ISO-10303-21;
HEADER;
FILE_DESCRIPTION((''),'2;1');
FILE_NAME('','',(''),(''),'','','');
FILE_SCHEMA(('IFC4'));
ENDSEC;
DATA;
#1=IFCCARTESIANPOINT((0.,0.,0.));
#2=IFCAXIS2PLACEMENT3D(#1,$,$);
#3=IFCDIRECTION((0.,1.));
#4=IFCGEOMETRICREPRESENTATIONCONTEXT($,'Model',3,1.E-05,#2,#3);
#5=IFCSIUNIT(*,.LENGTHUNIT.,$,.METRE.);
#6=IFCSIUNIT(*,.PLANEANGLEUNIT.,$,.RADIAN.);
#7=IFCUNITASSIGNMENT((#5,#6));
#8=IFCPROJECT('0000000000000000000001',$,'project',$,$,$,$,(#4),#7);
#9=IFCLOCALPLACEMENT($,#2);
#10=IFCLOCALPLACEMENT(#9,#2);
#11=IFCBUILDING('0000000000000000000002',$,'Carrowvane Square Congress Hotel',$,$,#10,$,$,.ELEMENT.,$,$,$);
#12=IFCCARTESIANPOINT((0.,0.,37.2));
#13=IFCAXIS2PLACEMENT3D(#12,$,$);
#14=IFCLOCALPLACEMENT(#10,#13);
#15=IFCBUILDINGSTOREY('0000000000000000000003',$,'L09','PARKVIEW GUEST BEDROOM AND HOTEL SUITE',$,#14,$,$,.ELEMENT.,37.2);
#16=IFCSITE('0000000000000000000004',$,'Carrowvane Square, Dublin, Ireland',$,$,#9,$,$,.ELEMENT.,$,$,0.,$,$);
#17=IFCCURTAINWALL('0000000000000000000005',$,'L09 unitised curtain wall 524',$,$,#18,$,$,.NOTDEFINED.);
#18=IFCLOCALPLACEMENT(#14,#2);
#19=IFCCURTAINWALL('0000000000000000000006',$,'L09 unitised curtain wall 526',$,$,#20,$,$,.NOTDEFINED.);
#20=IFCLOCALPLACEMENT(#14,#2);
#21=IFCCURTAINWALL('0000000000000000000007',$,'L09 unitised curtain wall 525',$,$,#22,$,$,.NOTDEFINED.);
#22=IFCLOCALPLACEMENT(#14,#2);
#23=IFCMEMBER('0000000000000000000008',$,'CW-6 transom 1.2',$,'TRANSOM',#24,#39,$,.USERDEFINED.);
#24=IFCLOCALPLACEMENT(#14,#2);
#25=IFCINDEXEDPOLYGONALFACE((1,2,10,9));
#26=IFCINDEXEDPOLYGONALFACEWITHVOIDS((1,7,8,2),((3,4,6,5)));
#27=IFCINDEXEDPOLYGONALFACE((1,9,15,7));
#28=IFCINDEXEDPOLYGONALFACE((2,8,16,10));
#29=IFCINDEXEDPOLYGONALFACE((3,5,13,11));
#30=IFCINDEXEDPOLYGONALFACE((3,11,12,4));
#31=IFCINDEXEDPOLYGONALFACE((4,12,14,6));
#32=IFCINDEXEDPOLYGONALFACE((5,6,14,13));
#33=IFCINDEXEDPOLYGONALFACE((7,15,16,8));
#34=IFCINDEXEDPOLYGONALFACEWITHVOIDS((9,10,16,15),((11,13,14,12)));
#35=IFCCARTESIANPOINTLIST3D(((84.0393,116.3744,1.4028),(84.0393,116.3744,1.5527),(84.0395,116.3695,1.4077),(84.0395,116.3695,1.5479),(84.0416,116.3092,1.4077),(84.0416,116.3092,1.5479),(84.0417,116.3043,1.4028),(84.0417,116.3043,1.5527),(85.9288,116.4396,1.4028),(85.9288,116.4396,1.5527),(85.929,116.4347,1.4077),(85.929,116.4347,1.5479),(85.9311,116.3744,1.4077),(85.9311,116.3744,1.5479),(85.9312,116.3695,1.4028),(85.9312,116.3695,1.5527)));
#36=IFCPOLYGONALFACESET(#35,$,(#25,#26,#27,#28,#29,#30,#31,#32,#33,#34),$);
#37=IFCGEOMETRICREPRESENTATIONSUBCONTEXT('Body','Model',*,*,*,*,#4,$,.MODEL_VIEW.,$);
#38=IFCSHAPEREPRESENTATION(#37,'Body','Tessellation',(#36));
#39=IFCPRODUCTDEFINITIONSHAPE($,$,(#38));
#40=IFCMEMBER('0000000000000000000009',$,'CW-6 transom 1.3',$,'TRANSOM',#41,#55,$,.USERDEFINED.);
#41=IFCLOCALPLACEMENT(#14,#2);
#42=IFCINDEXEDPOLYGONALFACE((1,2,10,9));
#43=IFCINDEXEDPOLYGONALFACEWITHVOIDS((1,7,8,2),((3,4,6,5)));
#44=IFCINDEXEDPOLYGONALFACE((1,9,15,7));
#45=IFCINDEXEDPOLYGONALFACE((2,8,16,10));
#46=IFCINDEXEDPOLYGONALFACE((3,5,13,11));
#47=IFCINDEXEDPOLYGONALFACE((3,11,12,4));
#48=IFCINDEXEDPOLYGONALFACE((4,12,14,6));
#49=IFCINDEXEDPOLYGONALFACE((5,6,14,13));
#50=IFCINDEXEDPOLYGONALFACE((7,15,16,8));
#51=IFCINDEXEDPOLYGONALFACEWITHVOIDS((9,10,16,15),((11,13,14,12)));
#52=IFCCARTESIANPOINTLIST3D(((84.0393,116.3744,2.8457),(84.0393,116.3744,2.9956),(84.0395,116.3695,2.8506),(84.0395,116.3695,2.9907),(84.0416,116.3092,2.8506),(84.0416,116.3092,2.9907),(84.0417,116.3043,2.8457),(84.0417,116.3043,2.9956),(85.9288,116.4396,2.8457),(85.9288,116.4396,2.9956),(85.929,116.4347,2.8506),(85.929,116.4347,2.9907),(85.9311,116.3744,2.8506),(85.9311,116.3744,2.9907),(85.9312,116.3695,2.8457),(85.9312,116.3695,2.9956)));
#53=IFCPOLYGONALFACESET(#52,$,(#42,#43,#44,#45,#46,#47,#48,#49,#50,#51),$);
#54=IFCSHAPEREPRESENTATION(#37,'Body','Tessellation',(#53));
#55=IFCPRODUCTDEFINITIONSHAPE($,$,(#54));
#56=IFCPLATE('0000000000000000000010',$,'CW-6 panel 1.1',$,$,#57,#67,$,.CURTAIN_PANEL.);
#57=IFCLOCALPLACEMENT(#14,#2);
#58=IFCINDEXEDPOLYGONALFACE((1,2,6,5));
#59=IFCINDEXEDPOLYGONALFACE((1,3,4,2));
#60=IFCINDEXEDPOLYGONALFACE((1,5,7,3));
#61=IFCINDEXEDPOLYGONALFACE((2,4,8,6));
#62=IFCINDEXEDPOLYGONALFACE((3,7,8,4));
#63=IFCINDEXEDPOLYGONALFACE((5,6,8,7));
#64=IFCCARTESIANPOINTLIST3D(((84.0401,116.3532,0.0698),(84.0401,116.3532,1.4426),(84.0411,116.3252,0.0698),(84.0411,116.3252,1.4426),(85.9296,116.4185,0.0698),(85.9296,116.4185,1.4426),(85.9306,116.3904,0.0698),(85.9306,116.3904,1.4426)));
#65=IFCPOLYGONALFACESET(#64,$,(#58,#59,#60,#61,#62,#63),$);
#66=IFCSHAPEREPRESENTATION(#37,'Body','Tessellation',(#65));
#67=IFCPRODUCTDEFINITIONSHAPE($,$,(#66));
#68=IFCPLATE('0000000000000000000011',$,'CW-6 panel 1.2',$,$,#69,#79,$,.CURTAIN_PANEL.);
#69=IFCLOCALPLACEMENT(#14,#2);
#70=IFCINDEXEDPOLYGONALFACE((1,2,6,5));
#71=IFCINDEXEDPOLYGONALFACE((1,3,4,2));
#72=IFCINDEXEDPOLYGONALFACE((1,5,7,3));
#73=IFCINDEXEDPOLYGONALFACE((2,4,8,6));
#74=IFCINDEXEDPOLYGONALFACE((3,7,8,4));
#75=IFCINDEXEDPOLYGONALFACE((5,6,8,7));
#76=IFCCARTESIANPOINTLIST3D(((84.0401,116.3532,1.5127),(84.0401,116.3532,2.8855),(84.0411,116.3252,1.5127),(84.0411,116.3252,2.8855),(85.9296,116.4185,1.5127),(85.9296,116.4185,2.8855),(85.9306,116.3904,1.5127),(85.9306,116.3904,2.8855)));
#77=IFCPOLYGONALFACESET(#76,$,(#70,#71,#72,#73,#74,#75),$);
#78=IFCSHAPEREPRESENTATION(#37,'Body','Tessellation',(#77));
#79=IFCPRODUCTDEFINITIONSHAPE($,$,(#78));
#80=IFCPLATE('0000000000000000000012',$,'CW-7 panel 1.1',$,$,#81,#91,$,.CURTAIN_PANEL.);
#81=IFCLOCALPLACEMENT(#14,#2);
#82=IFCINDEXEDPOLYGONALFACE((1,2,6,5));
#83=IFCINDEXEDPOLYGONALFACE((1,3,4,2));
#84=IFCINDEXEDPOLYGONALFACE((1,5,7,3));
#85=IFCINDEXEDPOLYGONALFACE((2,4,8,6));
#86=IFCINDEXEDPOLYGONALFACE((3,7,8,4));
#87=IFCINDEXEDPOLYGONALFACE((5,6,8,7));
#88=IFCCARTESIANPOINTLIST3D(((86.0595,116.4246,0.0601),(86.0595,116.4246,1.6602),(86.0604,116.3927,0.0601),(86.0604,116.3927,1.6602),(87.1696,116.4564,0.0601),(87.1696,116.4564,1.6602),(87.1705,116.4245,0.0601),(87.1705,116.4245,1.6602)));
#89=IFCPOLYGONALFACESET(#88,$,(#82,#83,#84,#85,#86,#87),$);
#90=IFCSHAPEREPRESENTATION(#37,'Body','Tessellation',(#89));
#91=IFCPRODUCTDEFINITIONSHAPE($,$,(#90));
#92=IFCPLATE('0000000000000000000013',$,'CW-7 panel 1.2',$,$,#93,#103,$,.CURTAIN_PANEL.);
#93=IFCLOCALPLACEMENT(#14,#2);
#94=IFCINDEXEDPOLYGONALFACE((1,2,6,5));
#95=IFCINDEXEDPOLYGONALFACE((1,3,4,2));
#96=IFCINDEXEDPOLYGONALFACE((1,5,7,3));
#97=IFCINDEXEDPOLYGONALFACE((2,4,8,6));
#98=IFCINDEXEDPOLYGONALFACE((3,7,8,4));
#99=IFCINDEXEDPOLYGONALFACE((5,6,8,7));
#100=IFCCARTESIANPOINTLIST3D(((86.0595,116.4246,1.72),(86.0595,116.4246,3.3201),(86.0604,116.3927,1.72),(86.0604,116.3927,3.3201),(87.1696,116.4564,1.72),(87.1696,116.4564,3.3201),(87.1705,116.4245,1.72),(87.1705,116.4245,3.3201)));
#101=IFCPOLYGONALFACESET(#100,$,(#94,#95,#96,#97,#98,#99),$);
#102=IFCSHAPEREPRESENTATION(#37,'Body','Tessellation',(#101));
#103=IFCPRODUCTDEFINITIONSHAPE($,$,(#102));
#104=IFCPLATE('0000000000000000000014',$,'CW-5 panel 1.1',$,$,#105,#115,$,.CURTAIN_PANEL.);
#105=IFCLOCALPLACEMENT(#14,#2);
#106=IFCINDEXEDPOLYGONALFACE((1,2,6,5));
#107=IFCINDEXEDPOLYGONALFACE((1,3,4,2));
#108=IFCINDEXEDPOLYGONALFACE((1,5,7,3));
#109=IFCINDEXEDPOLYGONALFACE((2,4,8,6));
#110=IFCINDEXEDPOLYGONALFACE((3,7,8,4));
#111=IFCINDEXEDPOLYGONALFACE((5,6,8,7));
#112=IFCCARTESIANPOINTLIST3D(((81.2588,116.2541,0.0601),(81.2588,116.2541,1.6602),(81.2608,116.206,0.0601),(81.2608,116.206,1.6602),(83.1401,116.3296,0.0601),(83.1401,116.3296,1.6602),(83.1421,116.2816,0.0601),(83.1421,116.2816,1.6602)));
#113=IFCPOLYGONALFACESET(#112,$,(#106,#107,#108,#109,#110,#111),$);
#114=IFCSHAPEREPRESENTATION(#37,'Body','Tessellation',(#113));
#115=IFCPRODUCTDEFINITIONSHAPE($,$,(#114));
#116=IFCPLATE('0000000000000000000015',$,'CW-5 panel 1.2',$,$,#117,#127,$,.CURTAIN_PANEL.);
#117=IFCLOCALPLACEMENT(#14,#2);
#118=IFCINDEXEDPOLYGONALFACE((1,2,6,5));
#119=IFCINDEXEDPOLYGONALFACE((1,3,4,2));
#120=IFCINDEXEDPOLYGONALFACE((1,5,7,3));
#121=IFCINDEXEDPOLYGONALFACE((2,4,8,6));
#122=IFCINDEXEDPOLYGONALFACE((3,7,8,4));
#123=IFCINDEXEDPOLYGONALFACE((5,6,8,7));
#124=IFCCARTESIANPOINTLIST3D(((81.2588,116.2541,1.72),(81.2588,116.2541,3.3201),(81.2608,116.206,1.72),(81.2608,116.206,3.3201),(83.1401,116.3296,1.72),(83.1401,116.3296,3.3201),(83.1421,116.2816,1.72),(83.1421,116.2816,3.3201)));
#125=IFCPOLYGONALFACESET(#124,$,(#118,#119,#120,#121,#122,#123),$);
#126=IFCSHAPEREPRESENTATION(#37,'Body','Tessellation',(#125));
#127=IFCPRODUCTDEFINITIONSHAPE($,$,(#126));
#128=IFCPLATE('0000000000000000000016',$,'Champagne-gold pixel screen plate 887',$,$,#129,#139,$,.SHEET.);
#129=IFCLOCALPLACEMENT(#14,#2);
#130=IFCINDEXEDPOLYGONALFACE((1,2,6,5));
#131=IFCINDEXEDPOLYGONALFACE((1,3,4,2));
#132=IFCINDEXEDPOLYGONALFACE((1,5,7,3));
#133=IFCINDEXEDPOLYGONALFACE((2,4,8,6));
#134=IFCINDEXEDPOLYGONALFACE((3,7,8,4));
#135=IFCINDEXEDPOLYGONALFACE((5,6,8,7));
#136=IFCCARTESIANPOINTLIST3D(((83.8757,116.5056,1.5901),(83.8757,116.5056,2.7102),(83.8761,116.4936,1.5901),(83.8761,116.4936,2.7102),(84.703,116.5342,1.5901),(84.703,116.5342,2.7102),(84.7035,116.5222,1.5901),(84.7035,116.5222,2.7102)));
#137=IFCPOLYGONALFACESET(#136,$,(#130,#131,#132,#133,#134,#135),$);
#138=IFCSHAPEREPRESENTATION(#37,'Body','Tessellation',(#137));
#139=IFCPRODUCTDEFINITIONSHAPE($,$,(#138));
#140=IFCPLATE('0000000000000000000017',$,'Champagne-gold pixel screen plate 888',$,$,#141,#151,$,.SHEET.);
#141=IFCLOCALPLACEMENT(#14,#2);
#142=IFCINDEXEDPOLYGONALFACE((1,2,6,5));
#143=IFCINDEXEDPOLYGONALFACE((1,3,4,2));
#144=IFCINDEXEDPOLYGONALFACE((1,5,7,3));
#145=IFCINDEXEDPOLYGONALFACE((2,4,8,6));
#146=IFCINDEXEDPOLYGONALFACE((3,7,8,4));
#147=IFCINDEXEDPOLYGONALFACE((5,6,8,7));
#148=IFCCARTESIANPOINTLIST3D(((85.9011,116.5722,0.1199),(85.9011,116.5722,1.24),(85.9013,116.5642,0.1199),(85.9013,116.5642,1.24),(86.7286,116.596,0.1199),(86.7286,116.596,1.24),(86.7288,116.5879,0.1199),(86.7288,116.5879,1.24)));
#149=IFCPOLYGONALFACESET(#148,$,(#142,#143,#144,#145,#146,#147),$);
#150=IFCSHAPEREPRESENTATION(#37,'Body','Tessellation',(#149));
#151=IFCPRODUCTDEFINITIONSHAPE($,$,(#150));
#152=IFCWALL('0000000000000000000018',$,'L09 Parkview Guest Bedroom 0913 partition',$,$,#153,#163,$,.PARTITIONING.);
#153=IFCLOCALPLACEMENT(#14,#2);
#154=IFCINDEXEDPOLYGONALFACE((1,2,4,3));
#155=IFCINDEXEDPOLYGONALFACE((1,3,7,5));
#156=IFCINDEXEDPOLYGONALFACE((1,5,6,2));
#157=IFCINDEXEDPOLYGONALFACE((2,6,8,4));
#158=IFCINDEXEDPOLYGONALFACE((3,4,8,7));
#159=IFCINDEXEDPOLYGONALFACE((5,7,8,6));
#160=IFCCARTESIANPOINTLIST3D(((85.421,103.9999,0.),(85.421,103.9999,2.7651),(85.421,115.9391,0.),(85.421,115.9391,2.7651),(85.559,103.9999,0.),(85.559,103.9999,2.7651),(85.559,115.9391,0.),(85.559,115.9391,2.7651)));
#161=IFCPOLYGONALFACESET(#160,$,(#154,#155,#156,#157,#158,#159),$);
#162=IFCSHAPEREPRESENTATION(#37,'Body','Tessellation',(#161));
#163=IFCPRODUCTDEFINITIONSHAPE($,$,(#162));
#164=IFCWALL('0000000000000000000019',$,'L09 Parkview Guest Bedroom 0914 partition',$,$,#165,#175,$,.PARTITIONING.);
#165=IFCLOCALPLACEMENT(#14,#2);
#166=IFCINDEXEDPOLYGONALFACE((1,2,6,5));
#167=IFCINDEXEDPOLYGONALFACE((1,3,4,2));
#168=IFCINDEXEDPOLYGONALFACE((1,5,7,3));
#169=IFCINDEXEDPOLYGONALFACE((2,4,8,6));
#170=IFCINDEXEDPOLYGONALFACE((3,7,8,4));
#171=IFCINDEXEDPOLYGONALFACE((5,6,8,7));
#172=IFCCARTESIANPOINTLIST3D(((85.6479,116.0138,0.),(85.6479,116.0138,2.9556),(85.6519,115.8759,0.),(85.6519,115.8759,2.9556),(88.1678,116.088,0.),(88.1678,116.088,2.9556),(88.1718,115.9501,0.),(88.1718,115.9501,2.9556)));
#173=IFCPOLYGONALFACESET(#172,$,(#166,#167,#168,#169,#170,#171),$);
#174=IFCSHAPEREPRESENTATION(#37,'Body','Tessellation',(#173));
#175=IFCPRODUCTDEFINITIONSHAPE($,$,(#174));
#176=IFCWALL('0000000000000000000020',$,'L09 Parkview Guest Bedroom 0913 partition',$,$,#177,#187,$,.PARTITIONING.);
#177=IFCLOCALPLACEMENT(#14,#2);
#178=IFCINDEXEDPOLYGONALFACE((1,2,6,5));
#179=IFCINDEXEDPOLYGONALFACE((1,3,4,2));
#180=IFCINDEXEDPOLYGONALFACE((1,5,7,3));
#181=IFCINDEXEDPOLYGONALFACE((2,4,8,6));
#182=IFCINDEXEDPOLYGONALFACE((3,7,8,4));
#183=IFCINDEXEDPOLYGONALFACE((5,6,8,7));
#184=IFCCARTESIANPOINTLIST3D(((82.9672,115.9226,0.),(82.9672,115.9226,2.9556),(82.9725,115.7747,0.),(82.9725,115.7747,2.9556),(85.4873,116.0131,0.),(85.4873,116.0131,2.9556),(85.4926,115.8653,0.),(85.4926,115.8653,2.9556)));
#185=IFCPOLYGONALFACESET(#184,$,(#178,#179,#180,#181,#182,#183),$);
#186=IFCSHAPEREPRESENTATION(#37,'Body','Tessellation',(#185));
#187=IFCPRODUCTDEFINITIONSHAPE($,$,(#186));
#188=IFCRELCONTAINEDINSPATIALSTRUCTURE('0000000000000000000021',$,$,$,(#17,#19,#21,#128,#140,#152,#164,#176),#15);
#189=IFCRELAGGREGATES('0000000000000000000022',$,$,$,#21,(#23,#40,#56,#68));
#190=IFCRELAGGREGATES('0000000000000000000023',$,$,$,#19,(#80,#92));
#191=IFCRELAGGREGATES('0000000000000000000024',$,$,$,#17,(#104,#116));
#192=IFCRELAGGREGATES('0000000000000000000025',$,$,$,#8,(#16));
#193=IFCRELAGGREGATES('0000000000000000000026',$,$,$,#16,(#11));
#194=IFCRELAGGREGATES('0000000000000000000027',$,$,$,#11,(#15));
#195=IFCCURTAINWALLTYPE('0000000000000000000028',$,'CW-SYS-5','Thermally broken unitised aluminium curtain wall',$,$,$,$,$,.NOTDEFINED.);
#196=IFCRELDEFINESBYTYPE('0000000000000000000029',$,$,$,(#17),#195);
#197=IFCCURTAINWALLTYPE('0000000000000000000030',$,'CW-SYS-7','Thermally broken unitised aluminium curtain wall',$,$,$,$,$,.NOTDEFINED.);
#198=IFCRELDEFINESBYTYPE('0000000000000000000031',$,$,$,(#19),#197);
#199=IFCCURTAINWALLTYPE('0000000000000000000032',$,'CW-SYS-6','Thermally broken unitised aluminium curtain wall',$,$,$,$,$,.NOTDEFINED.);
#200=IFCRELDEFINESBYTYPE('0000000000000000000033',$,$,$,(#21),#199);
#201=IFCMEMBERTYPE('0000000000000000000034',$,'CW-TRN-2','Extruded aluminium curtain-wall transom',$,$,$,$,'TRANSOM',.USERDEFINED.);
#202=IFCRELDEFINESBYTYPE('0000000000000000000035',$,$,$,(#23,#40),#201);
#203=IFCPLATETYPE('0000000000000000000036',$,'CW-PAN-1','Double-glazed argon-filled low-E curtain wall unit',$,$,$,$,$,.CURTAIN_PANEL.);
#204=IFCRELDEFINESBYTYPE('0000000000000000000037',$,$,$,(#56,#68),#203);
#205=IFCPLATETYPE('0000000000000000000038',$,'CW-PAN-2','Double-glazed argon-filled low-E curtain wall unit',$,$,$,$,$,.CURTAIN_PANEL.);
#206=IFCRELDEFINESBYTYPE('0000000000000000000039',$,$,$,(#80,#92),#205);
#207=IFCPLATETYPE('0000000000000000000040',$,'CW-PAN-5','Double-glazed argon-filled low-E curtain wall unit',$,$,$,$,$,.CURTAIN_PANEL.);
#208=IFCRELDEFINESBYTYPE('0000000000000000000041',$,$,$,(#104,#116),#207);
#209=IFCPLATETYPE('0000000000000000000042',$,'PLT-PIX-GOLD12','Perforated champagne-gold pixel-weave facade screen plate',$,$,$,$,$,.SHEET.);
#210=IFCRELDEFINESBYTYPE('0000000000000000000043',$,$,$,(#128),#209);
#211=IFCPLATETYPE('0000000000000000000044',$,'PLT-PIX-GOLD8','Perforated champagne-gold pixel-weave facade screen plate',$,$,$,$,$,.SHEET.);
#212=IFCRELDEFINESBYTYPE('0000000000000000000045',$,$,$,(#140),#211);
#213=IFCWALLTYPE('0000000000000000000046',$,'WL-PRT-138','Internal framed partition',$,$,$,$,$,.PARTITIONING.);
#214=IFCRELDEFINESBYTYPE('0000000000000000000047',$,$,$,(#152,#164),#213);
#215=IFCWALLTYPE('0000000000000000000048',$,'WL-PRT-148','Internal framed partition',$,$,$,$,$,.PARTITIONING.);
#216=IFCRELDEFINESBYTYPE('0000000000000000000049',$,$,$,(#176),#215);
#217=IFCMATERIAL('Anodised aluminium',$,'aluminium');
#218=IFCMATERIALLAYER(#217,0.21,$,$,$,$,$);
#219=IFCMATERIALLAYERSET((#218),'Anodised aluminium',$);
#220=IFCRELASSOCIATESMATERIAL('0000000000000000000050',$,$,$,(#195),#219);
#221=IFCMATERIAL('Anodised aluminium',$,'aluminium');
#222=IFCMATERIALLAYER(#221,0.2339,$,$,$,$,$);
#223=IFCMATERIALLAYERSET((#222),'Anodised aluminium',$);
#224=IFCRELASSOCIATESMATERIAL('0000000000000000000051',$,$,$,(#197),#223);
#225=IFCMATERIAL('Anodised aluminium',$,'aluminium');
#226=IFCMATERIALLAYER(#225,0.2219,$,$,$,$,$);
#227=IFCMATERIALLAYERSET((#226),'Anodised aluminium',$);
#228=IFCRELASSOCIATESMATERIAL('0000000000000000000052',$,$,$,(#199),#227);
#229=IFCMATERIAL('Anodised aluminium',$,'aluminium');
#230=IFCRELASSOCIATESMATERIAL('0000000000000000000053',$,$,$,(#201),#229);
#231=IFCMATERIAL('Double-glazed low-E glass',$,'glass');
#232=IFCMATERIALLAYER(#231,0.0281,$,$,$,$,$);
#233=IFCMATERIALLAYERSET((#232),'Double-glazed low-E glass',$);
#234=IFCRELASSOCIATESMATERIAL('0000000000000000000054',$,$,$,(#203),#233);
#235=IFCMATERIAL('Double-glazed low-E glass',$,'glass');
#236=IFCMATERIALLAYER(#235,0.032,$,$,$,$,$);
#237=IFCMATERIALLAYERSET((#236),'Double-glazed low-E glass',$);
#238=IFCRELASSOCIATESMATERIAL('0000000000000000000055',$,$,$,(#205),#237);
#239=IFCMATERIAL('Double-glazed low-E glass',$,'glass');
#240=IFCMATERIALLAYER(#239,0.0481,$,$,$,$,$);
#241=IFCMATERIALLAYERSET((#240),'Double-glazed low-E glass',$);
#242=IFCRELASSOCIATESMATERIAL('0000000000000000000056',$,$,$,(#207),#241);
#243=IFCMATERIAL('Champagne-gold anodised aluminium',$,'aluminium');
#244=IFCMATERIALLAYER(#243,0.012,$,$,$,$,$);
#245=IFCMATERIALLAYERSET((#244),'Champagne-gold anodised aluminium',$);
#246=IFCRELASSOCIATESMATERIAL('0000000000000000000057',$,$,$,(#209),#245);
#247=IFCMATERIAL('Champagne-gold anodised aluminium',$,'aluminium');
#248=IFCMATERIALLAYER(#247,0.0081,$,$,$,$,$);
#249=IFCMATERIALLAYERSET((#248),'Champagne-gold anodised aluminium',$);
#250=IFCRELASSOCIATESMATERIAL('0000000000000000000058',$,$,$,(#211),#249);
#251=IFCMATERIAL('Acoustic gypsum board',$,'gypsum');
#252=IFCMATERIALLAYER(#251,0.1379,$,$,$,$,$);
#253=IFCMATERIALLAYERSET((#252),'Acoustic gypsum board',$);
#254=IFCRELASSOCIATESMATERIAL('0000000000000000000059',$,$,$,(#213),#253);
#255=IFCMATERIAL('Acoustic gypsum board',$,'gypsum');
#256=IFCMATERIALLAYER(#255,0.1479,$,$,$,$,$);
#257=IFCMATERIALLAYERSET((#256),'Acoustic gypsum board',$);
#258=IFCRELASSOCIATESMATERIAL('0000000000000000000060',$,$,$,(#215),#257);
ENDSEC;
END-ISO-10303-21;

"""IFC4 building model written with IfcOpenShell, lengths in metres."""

from ifc_helpers import new_model, si_unit, direction, frame, frame_2d, origin, origin_2d, place, context, subcontext, project, spatial, rectangle, hollow_rectangle, extrude, material, layer, layer_set, material_profile, profile_set, type_object, element, aggregate, save


model = new_model("IFC4")

# Units and contexts
model_context = context("Model", 3, precision=1e-05, world=origin(), true_north=direction((0.0, 1.0)))
body_context = subcontext(model_context, "Body", "Model", "MODEL_VIEW")
ifc_project = project(units=[si_unit("LENGTHUNIT", "METRE"), si_unit("PLANEANGLEUNIT", "RADIAN")], contexts=[model_context])

# Site, building, storey
site_placement = place(None, origin())
site = spatial("IfcSite", under=ifc_project, at=site_placement, Name="Carrowvane Square, Dublin, Ireland", CompositionType="ELEMENT", RefElevation=0.0)
building_placement = place(site_placement, origin())
building = spatial("IfcBuilding", under=site, at=building_placement, Name="Carrowvane Square Congress Hotel", CompositionType="ELEMENT")
storey_placement = place(building_placement, frame((0.0, 0.0, 37.2)))
storey = spatial("IfcBuildingStorey", under=building, at=storey_placement, Name="L09", Description="PARKVIEW GUEST BEDROOM AND HOTEL SUITE", CompositionType="ELEMENT", Elevation=37.2)

# Curtain wall
ifc_material_1 = material(Name="Anodised aluminium", Category="aluminium")
ifc_layer_1 = layer(ifc_material_1, 0.21)
ifc_layer_set_1 = layer_set([ifc_layer_1], Name="Anodised aluminium")
curtain_wall_type_1 = type_object("IfcCurtainWallType", Name="CW-SYS-5", Description="Thermally broken unitised aluminium curtain wall", PredefinedType="NOTDEFINED", material=ifc_layer_set_1)
curtain_wall_1_placement = place(storey_placement, origin())
curtain_wall_1 = element("IfcCurtainWall", 1, at=curtain_wall_1_placement, inside=storey, type_object=curtain_wall_type_1, Name="L09 unitised curtain wall 524", PredefinedType="NOTDEFINED")

# Curtain walls
ifc_material_2 = material(Name="Anodised aluminium", Category="aluminium")
ifc_layer_2 = layer(ifc_material_2, 0.2339)
ifc_layer_set_2 = layer_set([ifc_layer_2], Name="Anodised aluminium")
curtain_wall_type_2 = type_object("IfcCurtainWallType", Name="CW-SYS-7", Description="Thermally broken unitised aluminium curtain wall", PredefinedType="NOTDEFINED", material=ifc_layer_set_2)
curtain_wall_2_placement = place(storey_placement, origin())
curtain_wall_2 = element("IfcCurtainWall", 2, at=curtain_wall_2_placement, inside=storey, type_object=curtain_wall_type_2, Name="L09 unitised curtain wall 526", PredefinedType="NOTDEFINED")
ifc_material_3 = material(Name="Anodised aluminium", Category="aluminium")
ifc_layer_3 = layer(ifc_material_3, 0.2219)
ifc_layer_set_3 = layer_set([ifc_layer_3], Name="Anodised aluminium")
curtain_wall_type_3 = type_object("IfcCurtainWallType", Name="CW-SYS-6", Description="Thermally broken unitised aluminium curtain wall", PredefinedType="NOTDEFINED", material=ifc_layer_set_3)
curtain_wall_3_placement = place(storey_placement, origin())
curtain_wall_3 = element("IfcCurtainWall", 3, at=curtain_wall_3_placement, inside=storey, type_object=curtain_wall_type_3, Name="L09 unitised curtain wall 525", PredefinedType="NOTDEFINED")

# Members
ifc_material_4 = material(Name="Anodised aluminium", Category="aluminium")
ifc_material_profile_1 = material_profile(ifc_material_4, hollow_rectangle(XDim=0.0701, YDim=0.1499, WallThickness=0.0049, at=origin_2d()), Name="CW-TR 70x150x5")
ifc_profile_set_1 = profile_set([ifc_material_profile_1], Name="Anodised aluminium")
member_type_1 = type_object("IfcMemberType", Name="CW-TRN-2", Description="Extruded aluminium curtain-wall transom", ElementType="TRANSOM", PredefinedType="USERDEFINED", material=ifc_profile_set_1)
member_1_placement = place(storey_placement, frame((84.0405, 116.3394, 1.4778), z_axis=(0.999405, 0.03448, 0.0), x_axis=(-0.03448, 0.999405, 0.0)))
member_1 = element("IfcMember", 4, at=member_1_placement, type_object=member_type_1, Name="CW-6 transom 1.2", ObjectType="TRANSOM", PredefinedType="USERDEFINED", context=body_context, shape_type="SweptSolid", body=[
    extrude(hollow_rectangle(XDim=0.0701, YDim=0.1499, WallThickness=0.0049, at=origin_2d()), origin(), (0.0, 0.0, 1.0), 1.8906),
])
member_2_placement = place(storey_placement, frame((84.0405, 116.3394, 2.9207), z_axis=(0.999405, 0.03448, 0.0), x_axis=(-0.03448, 0.999405, 0.0)))
member_2 = element("IfcMember", 5, at=member_2_placement, type_object=member_type_1, Name="CW-6 transom 1.3", ObjectType="TRANSOM", PredefinedType="USERDEFINED", context=body_context, shape_type="SweptSolid", body=[
    extrude(hollow_rectangle(XDim=0.0701, YDim=0.1499, WallThickness=0.0049, at=origin_2d()), origin(), (0.0, 0.0, 1.0), 1.8906),
])

# Plates
ifc_material_5 = material(Name="Double-glazed low-E glass", Category="glass")
ifc_layer_4 = layer(ifc_material_5, 0.0281)
ifc_layer_set_4 = layer_set([ifc_layer_4], Name="Double-glazed low-E glass")
plate_type_1 = type_object("IfcPlateType", Name="CW-PAN-1", Description="Double-glazed argon-filled low-E curtain wall unit", PredefinedType="CURTAIN_PANEL", material=ifc_layer_set_4)
plate_1_placement = place(storey_placement, frame((84.9854, 116.3718, 0.0698), z_axis=(0.0, 0.0, 1.0), x_axis=(0.999404, 0.034527, 0.0)))
plate_1 = element("IfcPlate", 6, at=plate_1_placement, type_object=plate_type_1, Name="CW-6 panel 1.1", PredefinedType="CURTAIN_PANEL", context=body_context, shape_type="SweptSolid", body=[
    extrude(rectangle(XDim=1.8906, YDim=0.0281, at=origin_2d()), origin(), (0.0, 0.0, 1.0), 1.3728),
])
plate_2_placement = place(storey_placement, frame((84.9854, 116.3718, 1.5127), z_axis=(0.0, 0.0, 1.0), x_axis=(0.999404, 0.034527, 0.0)))
plate_2 = element("IfcPlate", 7, at=plate_2_placement, type_object=plate_type_1, Name="CW-6 panel 1.2", PredefinedType="CURTAIN_PANEL", context=body_context, shape_type="SweptSolid", body=[
    extrude(rectangle(XDim=1.8906, YDim=0.0281, at=origin_2d()), origin(), (0.0, 0.0, 1.0), 1.3728),
])
aggregate(curtain_wall_3, [member_1, member_2, plate_1, plate_2])
ifc_material_6 = material(Name="Double-glazed low-E glass", Category="glass")
ifc_layer_5 = layer(ifc_material_6, 0.032)
ifc_layer_set_5 = layer_set([ifc_layer_5], Name="Double-glazed low-E glass")
plate_type_2 = type_object("IfcPlateType", Name="CW-PAN-2", Description="Double-glazed argon-filled low-E curtain wall unit", PredefinedType="CURTAIN_PANEL", material=ifc_layer_set_5)
plate_3_placement = place(storey_placement, frame((86.615, 116.4246, 0.0601), z_axis=(0.0, 0.0, 1.0), x_axis=(0.99959, 0.028638, 0.0)))
plate_3 = element("IfcPlate", 8, at=plate_3_placement, type_object=plate_type_2, Name="CW-7 panel 1.1", PredefinedType="CURTAIN_PANEL", context=body_context, shape_type="SweptSolid", body=[
    extrude(rectangle(XDim=1.1106, YDim=0.032, at=origin_2d()), origin(), (0.0, 0.0, 1.0), 1.6001),
])
plate_4_placement = place(storey_placement, frame((86.615, 116.4246, 1.72), z_axis=(0.0, 0.0, 1.0), x_axis=(0.99959, 0.028638, 0.0)))
plate_4 = element("IfcPlate", 9, at=plate_4_placement, type_object=plate_type_2, Name="CW-7 panel 1.2", PredefinedType="CURTAIN_PANEL", context=body_context, shape_type="SweptSolid", body=[
    extrude(rectangle(XDim=1.1106, YDim=0.032, at=origin_2d()), origin(), (0.0, 0.0, 1.0), 1.6001),
])
aggregate(curtain_wall_2, [plate_3, plate_4])
ifc_material_7 = material(Name="Double-glazed low-E glass", Category="glass")
ifc_layer_6 = layer(ifc_material_7, 0.0481)
ifc_layer_set_6 = layer_set([ifc_layer_6], Name="Double-glazed low-E glass")
plate_type_3 = type_object("IfcPlateType", Name="CW-PAN-5", Description="Double-glazed argon-filled low-E curtain wall unit", PredefinedType="CURTAIN_PANEL", material=ifc_layer_set_6)
plate_5_placement = place(storey_placement, frame((82.2004, 116.2678, 0.0601), z_axis=(0.0, 0.0, 1.0), x_axis=(0.999194, 0.040136, 0.0)))
plate_5 = element("IfcPlate", 10, at=plate_5_placement, type_object=plate_type_3, Name="CW-5 panel 1.1", PredefinedType="CURTAIN_PANEL", context=body_context, shape_type="SweptSolid", body=[
    extrude(rectangle(XDim=1.8828, YDim=0.0481, at=origin_2d()), origin(), (0.0, 0.0, 1.0), 1.6001),
])
plate_6_placement = place(storey_placement, frame((82.2004, 116.2678, 1.72), z_axis=(0.0, 0.0, 1.0), x_axis=(0.999194, 0.040136, 0.0)))
plate_6 = element("IfcPlate", 11, at=plate_6_placement, type_object=plate_type_3, Name="CW-5 panel 1.2", PredefinedType="CURTAIN_PANEL", context=body_context, shape_type="SweptSolid", body=[
    extrude(rectangle(XDim=1.8828, YDim=0.0481, at=origin_2d()), origin(), (0.0, 0.0, 1.0), 1.6001),
])
aggregate(curtain_wall_1, [plate_5, plate_6])

# Plates
ifc_material_8 = material(Name="Champagne-gold anodised aluminium", Category="aluminium")
ifc_layer_7 = layer(ifc_material_8, 0.012)
ifc_layer_set_7 = layer_set([ifc_layer_7], Name="Champagne-gold anodised aluminium")
plate_type_4 = type_object("IfcPlateType", Name="PLT-PIX-GOLD12", Description="Perforated champagne-gold pixel-weave facade screen plate", PredefinedType="SHEET", material=ifc_layer_set_7)
plate_7_placement = place(storey_placement, frame((84.2896, 116.5139, 1.5901), z_axis=(0.0, 0.0, 1.0), x_axis=(0.999404, 0.034527, 0.0)))
element("IfcPlate", 12, at=plate_7_placement, inside=storey, type_object=plate_type_4, Name="Champagne-gold pixel screen plate 887", PredefinedType="SHEET", context=body_context, shape_type="SweptSolid", body=[
    extrude(rectangle(XDim=0.8279, YDim=0.012, at=origin_2d()), origin(), (0.0, 0.0, 1.0), 1.1201),
])
ifc_material_9 = material(Name="Champagne-gold anodised aluminium", Category="aluminium")
ifc_layer_8 = layer(ifc_material_9, 0.0081)
ifc_layer_set_8 = layer_set([ifc_layer_8], Name="Champagne-gold anodised aluminium")
plate_type_5 = type_object("IfcPlateType", Name="PLT-PIX-GOLD8", Description="Perforated champagne-gold pixel-weave facade screen plate", PredefinedType="SHEET", material=ifc_layer_set_8)
plate_8_placement = place(storey_placement, frame((86.3149, 116.5801, 0.1199), z_axis=(0.0, 0.0, 1.0), x_axis=(0.99959, 0.028639, 0.0)))
element("IfcPlate", 13, at=plate_8_placement, inside=storey, type_object=plate_type_5, Name="Champagne-gold pixel screen plate 888", PredefinedType="SHEET", context=body_context, shape_type="SweptSolid", body=[
    extrude(rectangle(XDim=0.8279, YDim=0.0081, at=origin_2d()), origin(), (0.0, 0.0, 1.0), 1.1201),
])

# Walls
ifc_material_10 = material(Name="Acoustic gypsum board", Category="gypsum")
ifc_layer_9 = layer(ifc_material_10, 0.1379)
ifc_layer_set_9 = layer_set([ifc_layer_9], Name="Acoustic gypsum board")
wall_type_1 = type_object("IfcWallType", Name="WL-PRT-138", Description="Internal framed partition", PredefinedType="PARTITIONING", material=ifc_layer_set_9)
wall_1_placement = place(storey_placement, frame((85.49, 115.9392, 0.0), z_axis=(0.0, 0.0, 1.0), x_axis=(0.0, -1.0, 0.0)))
element("IfcWall", 14, at=wall_1_placement, inside=storey, type_object=wall_type_1, Name="L09 Parkview Guest Bedroom 0913 partition", PredefinedType="PARTITIONING", context=body_context, shape_type="SweptSolid", body=[
    extrude(rectangle(XDim=11.9392, YDim=0.1379, at=frame_2d((5.9697, 0.0))), origin(), (0.0, 0.0, 1.0), 2.7651),
])
wall_2_placement = place(storey_placement, frame((85.6499, 115.9448, 0.0), z_axis=(0.0, 0.0, 1.0), x_axis=(0.999567, 0.029439, 0.0)))
element("IfcWall", 15, at=wall_2_placement, inside=storey, type_object=wall_type_1, Name="L09 Parkview Guest Bedroom 0914 partition", PredefinedType="PARTITIONING", context=body_context, shape_type="SweptSolid", body=[
    extrude(rectangle(XDim=2.521, YDim=0.1379, at=frame_2d((1.2605, 0.0))), origin(), (0.0, 0.0, 1.0), 2.9556),
])
ifc_material_11 = material(Name="Acoustic gypsum board", Category="gypsum")
ifc_layer_10 = layer(ifc_material_11, 0.1479)
ifc_layer_set_10 = layer_set([ifc_layer_10], Name="Acoustic gypsum board")
wall_type_2 = type_object("IfcWallType", Name="WL-PRT-148", Description="Internal framed partition", PredefinedType="PARTITIONING", material=ifc_layer_set_10)
wall_3_placement = place(storey_placement, frame((82.97, 115.8486, 0.0), z_axis=(0.0, 0.0, 1.0), x_axis=(0.999355, 0.035919, 0.0)))
element("IfcWall", 16, at=wall_3_placement, inside=storey, type_object=wall_type_2, Name="L09 Parkview Guest Bedroom 0913 partition", PredefinedType="PARTITIONING", context=body_context, shape_type="SweptSolid", body=[
    extrude(rectangle(XDim=2.5217, YDim=0.1479, at=frame_2d((1.2607, 0.0))), origin(), (0.0, 0.0, 1.0), 2.9556),
])

save(model, "model.ifc")
